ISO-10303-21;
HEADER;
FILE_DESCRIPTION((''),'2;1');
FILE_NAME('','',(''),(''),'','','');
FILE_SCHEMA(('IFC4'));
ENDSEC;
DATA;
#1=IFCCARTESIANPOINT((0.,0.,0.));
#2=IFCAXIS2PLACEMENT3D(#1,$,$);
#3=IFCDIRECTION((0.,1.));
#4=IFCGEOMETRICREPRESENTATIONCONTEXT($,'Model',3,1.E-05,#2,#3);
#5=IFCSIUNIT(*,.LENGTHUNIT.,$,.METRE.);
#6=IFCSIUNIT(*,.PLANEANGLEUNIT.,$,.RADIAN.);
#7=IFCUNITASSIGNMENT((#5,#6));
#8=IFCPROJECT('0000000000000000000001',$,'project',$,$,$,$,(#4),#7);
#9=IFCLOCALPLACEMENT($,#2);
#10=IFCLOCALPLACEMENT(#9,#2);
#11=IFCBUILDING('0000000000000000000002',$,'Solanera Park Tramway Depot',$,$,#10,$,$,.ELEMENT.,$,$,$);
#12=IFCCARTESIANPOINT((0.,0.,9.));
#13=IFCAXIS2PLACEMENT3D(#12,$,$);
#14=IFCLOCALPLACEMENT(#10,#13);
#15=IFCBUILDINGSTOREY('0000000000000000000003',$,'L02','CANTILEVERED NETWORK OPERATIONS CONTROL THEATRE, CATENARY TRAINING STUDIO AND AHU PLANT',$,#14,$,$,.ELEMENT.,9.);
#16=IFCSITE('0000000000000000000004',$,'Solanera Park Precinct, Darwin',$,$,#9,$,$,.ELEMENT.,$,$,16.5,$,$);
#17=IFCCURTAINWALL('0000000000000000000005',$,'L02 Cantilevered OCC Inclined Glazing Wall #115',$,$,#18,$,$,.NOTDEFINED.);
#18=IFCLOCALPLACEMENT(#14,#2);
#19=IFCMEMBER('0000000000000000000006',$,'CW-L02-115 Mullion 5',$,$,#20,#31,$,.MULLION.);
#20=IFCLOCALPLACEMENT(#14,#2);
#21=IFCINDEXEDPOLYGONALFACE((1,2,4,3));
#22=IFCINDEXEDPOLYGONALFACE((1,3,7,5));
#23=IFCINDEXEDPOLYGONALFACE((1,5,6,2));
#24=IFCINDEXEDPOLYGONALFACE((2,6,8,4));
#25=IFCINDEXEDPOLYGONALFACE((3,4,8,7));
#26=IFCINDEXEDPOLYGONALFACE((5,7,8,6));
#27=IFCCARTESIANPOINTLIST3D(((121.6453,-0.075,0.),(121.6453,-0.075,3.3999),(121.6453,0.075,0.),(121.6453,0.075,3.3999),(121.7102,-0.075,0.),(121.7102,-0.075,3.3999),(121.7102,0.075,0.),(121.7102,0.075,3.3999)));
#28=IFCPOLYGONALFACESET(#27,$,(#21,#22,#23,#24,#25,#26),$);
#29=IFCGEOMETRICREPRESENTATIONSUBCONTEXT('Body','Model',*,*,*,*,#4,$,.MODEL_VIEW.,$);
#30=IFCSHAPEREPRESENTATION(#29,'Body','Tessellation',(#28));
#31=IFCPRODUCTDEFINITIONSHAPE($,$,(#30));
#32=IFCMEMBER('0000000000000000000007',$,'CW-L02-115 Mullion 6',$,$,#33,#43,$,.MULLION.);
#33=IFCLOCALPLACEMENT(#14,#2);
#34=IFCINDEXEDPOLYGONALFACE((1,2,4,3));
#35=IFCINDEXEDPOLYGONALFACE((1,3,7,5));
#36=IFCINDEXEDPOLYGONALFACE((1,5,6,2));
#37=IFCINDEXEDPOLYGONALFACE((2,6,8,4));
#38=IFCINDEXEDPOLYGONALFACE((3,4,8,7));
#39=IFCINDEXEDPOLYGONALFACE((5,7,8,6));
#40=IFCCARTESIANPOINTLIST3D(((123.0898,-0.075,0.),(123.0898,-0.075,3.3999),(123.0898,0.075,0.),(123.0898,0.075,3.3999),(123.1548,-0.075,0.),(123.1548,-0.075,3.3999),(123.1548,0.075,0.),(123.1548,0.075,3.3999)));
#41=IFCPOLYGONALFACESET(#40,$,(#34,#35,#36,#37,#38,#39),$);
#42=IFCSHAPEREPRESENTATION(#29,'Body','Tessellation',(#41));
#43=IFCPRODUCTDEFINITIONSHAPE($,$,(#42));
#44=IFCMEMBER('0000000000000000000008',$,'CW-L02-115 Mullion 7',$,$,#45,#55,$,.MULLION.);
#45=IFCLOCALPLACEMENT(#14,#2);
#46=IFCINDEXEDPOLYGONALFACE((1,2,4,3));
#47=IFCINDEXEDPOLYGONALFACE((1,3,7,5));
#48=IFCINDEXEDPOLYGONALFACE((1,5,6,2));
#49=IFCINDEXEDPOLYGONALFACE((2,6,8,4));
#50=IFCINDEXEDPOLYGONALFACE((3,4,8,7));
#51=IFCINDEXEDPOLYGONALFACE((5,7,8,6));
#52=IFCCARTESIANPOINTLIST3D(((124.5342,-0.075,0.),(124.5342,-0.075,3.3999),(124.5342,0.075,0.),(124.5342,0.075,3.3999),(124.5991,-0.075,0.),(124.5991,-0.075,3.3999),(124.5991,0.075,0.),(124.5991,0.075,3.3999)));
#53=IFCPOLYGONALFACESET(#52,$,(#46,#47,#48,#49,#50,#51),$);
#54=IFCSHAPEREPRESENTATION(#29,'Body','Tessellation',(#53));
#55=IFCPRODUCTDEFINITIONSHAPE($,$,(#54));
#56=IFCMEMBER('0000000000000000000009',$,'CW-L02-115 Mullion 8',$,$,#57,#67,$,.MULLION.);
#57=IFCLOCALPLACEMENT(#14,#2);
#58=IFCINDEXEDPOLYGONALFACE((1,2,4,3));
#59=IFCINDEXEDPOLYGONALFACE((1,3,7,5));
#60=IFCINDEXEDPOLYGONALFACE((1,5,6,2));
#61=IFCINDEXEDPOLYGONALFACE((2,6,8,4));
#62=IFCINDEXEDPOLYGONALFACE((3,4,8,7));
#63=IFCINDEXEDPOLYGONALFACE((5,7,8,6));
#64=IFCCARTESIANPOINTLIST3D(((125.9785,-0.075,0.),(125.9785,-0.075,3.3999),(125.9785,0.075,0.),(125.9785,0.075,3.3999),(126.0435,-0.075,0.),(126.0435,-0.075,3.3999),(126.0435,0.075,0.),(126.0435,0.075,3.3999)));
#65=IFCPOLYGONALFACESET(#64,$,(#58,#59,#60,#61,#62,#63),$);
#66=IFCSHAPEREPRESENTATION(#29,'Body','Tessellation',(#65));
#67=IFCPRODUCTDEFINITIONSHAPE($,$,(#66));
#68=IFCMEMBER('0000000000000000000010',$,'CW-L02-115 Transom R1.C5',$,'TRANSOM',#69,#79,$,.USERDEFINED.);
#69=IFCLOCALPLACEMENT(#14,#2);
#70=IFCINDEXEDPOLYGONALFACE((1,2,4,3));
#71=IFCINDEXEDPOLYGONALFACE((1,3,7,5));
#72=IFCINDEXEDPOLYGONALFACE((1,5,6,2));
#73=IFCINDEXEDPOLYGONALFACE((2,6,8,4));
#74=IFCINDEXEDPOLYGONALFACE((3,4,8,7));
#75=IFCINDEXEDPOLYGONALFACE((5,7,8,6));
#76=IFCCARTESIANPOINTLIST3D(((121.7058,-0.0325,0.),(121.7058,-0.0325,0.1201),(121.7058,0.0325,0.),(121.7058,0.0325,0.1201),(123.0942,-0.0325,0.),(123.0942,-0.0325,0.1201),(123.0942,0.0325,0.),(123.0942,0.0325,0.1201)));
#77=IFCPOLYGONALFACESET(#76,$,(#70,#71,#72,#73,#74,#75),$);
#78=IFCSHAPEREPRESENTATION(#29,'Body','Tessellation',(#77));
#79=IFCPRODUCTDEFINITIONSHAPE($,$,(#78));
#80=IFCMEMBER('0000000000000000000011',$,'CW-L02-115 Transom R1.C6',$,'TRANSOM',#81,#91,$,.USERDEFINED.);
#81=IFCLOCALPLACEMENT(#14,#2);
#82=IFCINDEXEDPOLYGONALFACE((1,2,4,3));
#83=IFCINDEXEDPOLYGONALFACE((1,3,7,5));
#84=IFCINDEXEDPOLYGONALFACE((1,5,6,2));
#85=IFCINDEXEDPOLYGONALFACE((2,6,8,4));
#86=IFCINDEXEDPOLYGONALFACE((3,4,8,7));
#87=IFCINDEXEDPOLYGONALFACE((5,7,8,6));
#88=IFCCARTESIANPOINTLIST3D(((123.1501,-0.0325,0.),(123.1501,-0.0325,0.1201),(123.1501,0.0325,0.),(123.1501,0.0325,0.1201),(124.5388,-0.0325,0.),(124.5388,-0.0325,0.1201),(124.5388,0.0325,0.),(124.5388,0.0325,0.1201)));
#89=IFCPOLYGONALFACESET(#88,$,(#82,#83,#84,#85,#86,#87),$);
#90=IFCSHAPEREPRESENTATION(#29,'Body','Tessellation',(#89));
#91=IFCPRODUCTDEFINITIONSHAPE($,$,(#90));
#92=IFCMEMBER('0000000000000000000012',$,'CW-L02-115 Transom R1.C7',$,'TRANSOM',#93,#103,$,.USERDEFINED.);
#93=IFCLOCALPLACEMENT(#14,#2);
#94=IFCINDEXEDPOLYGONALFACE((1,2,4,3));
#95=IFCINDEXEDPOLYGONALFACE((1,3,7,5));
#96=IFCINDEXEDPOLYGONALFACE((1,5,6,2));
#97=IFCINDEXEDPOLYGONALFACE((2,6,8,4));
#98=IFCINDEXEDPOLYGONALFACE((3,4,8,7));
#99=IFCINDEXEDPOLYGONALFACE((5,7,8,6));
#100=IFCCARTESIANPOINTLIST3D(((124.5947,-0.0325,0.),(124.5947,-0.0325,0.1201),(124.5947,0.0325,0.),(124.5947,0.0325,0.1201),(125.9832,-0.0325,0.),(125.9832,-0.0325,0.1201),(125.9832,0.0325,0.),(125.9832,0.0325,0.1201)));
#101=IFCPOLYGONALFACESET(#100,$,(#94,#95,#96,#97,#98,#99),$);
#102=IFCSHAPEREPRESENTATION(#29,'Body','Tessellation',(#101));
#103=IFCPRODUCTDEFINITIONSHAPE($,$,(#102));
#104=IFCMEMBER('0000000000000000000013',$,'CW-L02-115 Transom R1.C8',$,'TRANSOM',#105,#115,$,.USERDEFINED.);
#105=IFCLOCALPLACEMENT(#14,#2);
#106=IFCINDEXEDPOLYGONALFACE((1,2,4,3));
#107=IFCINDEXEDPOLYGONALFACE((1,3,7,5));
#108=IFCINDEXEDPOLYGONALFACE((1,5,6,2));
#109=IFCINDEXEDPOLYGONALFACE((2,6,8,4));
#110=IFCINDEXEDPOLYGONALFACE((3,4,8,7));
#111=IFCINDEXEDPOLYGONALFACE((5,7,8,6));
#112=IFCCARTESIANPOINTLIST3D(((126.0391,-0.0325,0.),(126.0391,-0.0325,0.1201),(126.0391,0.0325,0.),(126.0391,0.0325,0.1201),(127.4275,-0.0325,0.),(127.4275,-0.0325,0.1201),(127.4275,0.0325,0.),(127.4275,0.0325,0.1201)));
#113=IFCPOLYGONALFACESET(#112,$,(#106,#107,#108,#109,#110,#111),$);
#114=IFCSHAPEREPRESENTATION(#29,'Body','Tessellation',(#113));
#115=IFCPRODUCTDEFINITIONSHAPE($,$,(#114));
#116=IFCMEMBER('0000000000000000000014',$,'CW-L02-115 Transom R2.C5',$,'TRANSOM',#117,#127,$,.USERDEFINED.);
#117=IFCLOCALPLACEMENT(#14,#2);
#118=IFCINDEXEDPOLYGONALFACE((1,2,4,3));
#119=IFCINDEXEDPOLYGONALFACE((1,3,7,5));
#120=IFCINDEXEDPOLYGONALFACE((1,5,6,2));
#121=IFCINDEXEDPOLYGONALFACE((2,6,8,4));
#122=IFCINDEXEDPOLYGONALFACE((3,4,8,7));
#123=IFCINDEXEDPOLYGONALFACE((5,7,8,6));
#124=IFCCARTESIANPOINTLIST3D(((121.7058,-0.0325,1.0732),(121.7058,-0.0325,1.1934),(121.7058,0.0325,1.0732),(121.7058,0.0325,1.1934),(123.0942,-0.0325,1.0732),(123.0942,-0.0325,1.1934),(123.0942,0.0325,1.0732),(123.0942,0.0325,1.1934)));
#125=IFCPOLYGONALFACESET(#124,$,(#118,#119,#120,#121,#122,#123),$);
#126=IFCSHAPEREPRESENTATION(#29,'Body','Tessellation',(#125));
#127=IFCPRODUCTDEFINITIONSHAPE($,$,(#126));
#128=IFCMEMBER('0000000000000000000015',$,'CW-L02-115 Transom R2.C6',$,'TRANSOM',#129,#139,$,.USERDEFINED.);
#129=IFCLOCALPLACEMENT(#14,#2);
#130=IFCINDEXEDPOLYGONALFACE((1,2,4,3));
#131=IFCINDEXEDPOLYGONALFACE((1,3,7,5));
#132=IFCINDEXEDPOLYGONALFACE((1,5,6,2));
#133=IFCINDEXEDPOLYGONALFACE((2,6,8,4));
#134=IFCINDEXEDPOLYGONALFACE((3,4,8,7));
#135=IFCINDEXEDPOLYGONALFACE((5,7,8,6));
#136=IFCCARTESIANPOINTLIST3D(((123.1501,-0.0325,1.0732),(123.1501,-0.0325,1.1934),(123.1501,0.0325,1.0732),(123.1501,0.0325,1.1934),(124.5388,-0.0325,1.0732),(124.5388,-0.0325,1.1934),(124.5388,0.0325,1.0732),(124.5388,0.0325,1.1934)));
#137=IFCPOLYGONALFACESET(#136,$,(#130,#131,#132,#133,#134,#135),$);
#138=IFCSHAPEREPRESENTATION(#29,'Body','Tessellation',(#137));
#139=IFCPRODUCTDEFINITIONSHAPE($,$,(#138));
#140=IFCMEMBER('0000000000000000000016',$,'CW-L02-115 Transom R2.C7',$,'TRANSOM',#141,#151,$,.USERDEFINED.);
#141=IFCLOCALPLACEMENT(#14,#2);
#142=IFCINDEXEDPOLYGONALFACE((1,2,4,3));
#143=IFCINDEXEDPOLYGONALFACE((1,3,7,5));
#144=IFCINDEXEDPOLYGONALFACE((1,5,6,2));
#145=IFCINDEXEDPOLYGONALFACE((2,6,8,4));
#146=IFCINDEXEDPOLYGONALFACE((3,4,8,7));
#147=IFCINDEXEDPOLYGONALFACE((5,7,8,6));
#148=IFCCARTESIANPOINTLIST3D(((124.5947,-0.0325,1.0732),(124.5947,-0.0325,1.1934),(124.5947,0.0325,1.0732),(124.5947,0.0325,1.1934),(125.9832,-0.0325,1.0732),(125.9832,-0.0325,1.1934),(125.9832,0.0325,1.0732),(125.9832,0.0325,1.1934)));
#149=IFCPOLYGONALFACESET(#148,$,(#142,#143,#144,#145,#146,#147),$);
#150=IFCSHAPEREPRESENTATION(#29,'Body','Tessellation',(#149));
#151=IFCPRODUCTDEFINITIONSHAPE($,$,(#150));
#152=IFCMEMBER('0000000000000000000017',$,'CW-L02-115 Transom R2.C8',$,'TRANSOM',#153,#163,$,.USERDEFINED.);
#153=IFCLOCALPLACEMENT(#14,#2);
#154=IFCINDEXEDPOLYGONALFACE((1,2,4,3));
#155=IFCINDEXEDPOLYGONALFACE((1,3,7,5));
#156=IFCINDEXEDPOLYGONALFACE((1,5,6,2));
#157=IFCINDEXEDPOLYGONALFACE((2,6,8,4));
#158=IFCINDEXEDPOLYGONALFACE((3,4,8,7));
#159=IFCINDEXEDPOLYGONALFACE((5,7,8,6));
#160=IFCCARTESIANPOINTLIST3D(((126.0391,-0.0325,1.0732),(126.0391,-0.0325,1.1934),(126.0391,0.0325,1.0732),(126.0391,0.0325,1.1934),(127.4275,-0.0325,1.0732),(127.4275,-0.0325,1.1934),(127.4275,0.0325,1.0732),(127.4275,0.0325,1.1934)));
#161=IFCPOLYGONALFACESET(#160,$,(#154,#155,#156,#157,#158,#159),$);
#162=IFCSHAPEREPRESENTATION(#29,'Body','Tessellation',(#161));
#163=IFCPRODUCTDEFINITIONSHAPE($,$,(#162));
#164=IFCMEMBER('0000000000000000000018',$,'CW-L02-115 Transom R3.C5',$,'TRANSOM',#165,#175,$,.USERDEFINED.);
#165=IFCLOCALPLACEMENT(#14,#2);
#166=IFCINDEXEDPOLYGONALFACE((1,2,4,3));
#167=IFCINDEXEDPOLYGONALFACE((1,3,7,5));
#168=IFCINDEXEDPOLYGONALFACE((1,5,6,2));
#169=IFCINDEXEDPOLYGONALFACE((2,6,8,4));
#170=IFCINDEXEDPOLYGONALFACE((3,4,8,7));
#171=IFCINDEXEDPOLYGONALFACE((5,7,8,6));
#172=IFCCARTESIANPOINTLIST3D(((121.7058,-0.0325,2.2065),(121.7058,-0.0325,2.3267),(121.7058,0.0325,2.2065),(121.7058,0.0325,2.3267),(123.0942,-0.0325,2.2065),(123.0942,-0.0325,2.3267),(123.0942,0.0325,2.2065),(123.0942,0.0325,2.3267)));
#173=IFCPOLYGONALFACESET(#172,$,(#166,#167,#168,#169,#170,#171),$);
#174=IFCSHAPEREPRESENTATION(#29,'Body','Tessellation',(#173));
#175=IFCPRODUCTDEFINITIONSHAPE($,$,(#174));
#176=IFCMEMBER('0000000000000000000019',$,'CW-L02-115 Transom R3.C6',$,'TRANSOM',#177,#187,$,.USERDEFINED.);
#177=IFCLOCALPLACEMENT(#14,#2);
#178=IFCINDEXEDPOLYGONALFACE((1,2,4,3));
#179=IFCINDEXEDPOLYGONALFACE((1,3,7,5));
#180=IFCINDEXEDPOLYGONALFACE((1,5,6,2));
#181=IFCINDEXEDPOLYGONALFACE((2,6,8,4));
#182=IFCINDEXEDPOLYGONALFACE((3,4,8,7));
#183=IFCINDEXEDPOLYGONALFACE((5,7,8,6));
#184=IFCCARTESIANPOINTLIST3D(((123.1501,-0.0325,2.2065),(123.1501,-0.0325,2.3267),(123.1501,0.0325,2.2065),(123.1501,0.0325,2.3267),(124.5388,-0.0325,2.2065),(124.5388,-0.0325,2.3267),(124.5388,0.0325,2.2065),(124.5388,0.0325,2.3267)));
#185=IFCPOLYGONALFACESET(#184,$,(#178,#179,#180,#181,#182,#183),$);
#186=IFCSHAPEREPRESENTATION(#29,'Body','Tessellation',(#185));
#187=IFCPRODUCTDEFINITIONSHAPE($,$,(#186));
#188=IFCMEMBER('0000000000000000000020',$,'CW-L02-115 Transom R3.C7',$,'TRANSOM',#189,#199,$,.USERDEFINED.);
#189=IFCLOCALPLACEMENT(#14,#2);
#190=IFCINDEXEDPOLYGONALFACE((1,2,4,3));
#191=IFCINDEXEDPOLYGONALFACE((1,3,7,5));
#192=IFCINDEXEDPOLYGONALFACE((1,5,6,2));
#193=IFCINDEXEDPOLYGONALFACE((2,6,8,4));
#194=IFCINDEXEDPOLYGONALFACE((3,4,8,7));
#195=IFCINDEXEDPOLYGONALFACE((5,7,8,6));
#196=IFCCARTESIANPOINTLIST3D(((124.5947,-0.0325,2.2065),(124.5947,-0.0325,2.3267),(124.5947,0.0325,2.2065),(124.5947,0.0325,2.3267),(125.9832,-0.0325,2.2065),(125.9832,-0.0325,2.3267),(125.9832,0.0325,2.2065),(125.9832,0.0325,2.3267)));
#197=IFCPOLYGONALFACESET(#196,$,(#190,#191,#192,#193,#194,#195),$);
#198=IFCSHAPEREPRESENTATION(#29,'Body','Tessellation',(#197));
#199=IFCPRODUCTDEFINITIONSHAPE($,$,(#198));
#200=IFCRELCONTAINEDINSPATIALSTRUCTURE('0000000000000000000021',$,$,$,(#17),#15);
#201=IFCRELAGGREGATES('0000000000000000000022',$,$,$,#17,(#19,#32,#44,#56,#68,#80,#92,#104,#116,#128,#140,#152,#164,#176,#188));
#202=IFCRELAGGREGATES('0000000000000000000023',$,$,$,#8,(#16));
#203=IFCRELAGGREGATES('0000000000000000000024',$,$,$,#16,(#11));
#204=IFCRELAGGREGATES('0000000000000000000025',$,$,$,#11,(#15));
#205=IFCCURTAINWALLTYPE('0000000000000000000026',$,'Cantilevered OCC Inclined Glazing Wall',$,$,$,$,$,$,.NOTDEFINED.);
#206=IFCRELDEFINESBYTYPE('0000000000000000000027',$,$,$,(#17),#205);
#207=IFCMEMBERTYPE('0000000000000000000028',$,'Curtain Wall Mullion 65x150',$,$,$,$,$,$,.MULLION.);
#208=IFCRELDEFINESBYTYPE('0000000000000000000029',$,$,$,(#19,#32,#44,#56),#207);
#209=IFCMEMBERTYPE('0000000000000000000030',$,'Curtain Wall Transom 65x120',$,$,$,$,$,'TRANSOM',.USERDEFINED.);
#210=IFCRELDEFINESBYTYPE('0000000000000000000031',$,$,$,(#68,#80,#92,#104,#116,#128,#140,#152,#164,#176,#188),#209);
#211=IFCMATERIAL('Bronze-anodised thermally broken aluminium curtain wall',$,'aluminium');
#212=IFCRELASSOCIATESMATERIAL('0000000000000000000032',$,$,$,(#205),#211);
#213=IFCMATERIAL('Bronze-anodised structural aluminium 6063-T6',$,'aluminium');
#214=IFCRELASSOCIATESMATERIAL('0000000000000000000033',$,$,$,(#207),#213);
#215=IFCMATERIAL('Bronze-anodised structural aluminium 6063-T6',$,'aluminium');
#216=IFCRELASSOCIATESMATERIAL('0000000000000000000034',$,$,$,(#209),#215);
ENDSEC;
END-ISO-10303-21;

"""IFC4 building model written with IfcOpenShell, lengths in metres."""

from ifc_helpers import new_model, si_unit, direction, frame, origin, origin_2d, place, context, subcontext, project, spatial, rectangle, extrude, material, material_profile, profile_set, type_object, element, aggregate, save


model = new_model("IFC4")

# Units and contexts
model_context = context("Model", 3, precision=1e-05, world=origin(), true_north=direction((0.0, 1.0)))
body_context = subcontext(model_context, "Body", "Model", "MODEL_VIEW")
ifc_project = project(units=[si_unit("LENGTHUNIT", "METRE"), si_unit("PLANEANGLEUNIT", "RADIAN")], contexts=[model_context])

# Site, building, storey
site_placement = place(None, origin())
site = spatial("IfcSite", under=ifc_project, at=site_placement, Name="Solanera Park Precinct, Darwin", CompositionType="ELEMENT", RefElevation=16.5)
building_placement = place(site_placement, origin())
building = spatial("IfcBuilding", under=site, at=building_placement, Name="Solanera Park Tramway Depot", CompositionType="ELEMENT")
storey_placement = place(building_placement, frame((0.0, 0.0, 9.0)))
storey = spatial("IfcBuildingStorey", under=building, at=storey_placement, Name="L02", Description="CANTILEVERED NETWORK OPERATIONS CONTROL THEATRE, CATENARY TRAINING STUDIO AND AHU PLANT", CompositionType="ELEMENT", Elevation=9.0)

# Curtain wall, members
ifc_material_1 = material(Name="Bronze-anodised thermally broken aluminium curtain wall", Category="aluminium")
curtain_wall_type = type_object("IfcCurtainWallType", Name="Cantilevered OCC Inclined Glazing Wall", PredefinedType="NOTDEFINED", material=ifc_material_1)
curtain_wall_placement = place(storey_placement, origin())
curtain_wall = element("IfcCurtainWall", 1, at=curtain_wall_placement, inside=storey, type_object=curtain_wall_type, Name="L02 Cantilevered OCC Inclined Glazing Wall #115", PredefinedType="NOTDEFINED")
ifc_material_2 = material(Name="Bronze-anodised structural aluminium 6063-T6", Category="aluminium")
ifc_material_profile_1 = material_profile(ifc_material_2, rectangle(XDim=0.0649, YDim=0.1499, at=origin_2d()), Name="Curtain Wall Mullion 65x150")
ifc_profile_set_1 = profile_set([ifc_material_profile_1], Name="Bronze-anodised structural aluminium 6063-T6")
member_type_1 = type_object("IfcMemberType", Name="Curtain Wall Mullion 65x150", PredefinedType="MULLION", material=ifc_profile_set_1)
member_1_placement = place(storey_placement, frame((121.6777, 0.0, 0.0), z_axis=(0.0, 0.0, 1.0), x_axis=(1.0, 0.0, 0.0)))
member_1 = element("IfcMember", 2, at=member_1_placement, type_object=member_type_1, Name="CW-L02-115 Mullion 5", PredefinedType="MULLION", context=body_context, shape_type="SweptSolid", body=[
    extrude(rectangle(XDim=0.0649, YDim=0.1499, at=origin_2d()), origin(), (0.0, 0.0, 1.0), 3.3999),
])
member_2_placement = place(storey_placement, frame((123.1223, 0.0, 0.0), z_axis=(0.0, 0.0, 1.0), x_axis=(1.0, 0.0, 0.0)))
member_2 = element("IfcMember", 3, at=member_2_placement, type_object=member_type_1, Name="CW-L02-115 Mullion 6", PredefinedType="MULLION", context=body_context, shape_type="SweptSolid", body=[
    extrude(rectangle(XDim=0.0649, YDim=0.1499, at=origin_2d()), origin(), (0.0, 0.0, 1.0), 3.3999),
])
member_3_placement = place(storey_placement, frame((124.5667, 0.0, 0.0), z_axis=(0.0, 0.0, 1.0), x_axis=(1.0, 0.0, 0.0)))
member_3 = element("IfcMember", 4, at=member_3_placement, type_object=member_type_1, Name="CW-L02-115 Mullion 7", PredefinedType="MULLION", context=body_context, shape_type="SweptSolid", body=[
    extrude(rectangle(XDim=0.0649, YDim=0.1499, at=origin_2d()), origin(), (0.0, 0.0, 1.0), 3.3999),
])
member_4_placement = place(storey_placement, frame((126.011, 0.0, 0.0), z_axis=(0.0, 0.0, 1.0), x_axis=(1.0, 0.0, 0.0)))
member_4 = element("IfcMember", 5, at=member_4_placement, type_object=member_type_1, Name="CW-L02-115 Mullion 8", PredefinedType="MULLION", context=body_context, shape_type="SweptSolid", body=[
    extrude(rectangle(XDim=0.0649, YDim=0.1499, at=origin_2d()), origin(), (0.0, 0.0, 1.0), 3.3999),
])
ifc_material_3 = material(Name="Bronze-anodised structural aluminium 6063-T6", Category="aluminium")
ifc_material_profile_2 = material_profile(ifc_material_3, rectangle(XDim=0.0649, YDim=0.1201, at=origin_2d()), Name="Curtain Wall Transom 65x120")
ifc_profile_set_2 = profile_set([ifc_material_profile_2], Name="Bronze-anodised structural aluminium 6063-T6")
member_type_2 = type_object("IfcMemberType", Name="Curtain Wall Transom 65x120", ElementType="TRANSOM", PredefinedType="USERDEFINED", material=ifc_profile_set_2)
member_5_placement = place(storey_placement, frame((121.7058, 0.0, 0.0601), z_axis=(1.0, 0.0, 0.0), x_axis=(0.0, 1.0, 0.0)))
member_5 = element("IfcMember", 6, at=member_5_placement, type_object=member_type_2, Name="CW-L02-115 Transom R1.C5", ObjectType="TRANSOM", PredefinedType="USERDEFINED", context=body_context, shape_type="SweptSolid", body=[
    extrude(rectangle(XDim=0.0649, YDim=0.1201, at=origin_2d()), origin(), (0.0, 0.0, 1.0), 1.3884),
])
member_6_placement = place(storey_placement, frame((123.1501, 0.0, 0.0601), z_axis=(1.0, 0.0, 0.0), x_axis=(0.0, 1.0, 0.0)))
member_6 = element("IfcMember", 7, at=member_6_placement, type_object=member_type_2, Name="CW-L02-115 Transom R1.C6", ObjectType="TRANSOM", PredefinedType="USERDEFINED", context=body_context, shape_type="SweptSolid", body=[
    extrude(rectangle(XDim=0.0649, YDim=0.1201, at=origin_2d()), origin(), (0.0, 0.0, 1.0), 1.3887),
])
member_7_placement = place(storey_placement, frame((124.5947, 0.0, 0.0601), z_axis=(1.0, 0.0, 0.0), x_axis=(0.0, 1.0, 0.0)))
member_7 = element("IfcMember", 8, at=member_7_placement, type_object=member_type_2, Name="CW-L02-115 Transom R1.C7", ObjectType="TRANSOM", PredefinedType="USERDEFINED", context=body_context, shape_type="SweptSolid", body=[
    extrude(rectangle(XDim=0.0649, YDim=0.1201, at=origin_2d()), origin(), (0.0, 0.0, 1.0), 1.3884),
])
member_8_placement = place(storey_placement, frame((126.0391, 0.0, 0.0601), z_axis=(1.0, 0.0, 0.0), x_axis=(0.0, 1.0, 0.0)))
member_8 = element("IfcMember", 9, at=member_8_placement, type_object=member_type_2, Name="CW-L02-115 Transom R1.C8", ObjectType="TRANSOM", PredefinedType="USERDEFINED", context=body_context, shape_type="SweptSolid", body=[
    extrude(rectangle(XDim=0.0649, YDim=0.1201, at=origin_2d()), origin(), (0.0, 0.0, 1.0), 1.3884),
])
member_9_placement = place(storey_placement, frame((121.7058, 0.0, 1.1333), z_axis=(1.0, 0.0, 0.0), x_axis=(0.0, 1.0, 0.0)))
member_9 = element("IfcMember", 10, at=member_9_placement, type_object=member_type_2, Name="CW-L02-115 Transom R2.C5", ObjectType="TRANSOM", PredefinedType="USERDEFINED", context=body_context, shape_type="SweptSolid", body=[
    extrude(rectangle(XDim=0.0649, YDim=0.1201, at=origin_2d()), origin(), (0.0, 0.0, 1.0), 1.3884),
])
member_10_placement = place(storey_placement, frame((123.1501, 0.0, 1.1333), z_axis=(1.0, 0.0, 0.0), x_axis=(0.0, 1.0, 0.0)))
member_10 = element("IfcMember", 11, at=member_10_placement, type_object=member_type_2, Name="CW-L02-115 Transom R2.C6", ObjectType="TRANSOM", PredefinedType="USERDEFINED", context=body_context, shape_type="SweptSolid", body=[
    extrude(rectangle(XDim=0.0649, YDim=0.1201, at=origin_2d()), origin(), (0.0, 0.0, 1.0), 1.3887),
])
member_11_placement = place(storey_placement, frame((124.5947, 0.0, 1.1333), z_axis=(1.0, 0.0, 0.0), x_axis=(0.0, 1.0, 0.0)))
member_11 = element("IfcMember", 12, at=member_11_placement, type_object=member_type_2, Name="CW-L02-115 Transom R2.C7", ObjectType="TRANSOM", PredefinedType="USERDEFINED", context=body_context, shape_type="SweptSolid", body=[
    extrude(rectangle(XDim=0.0649, YDim=0.1201, at=origin_2d()), origin(), (0.0, 0.0, 1.0), 1.3884),
])
member_12_placement = place(storey_placement, frame((126.0391, 0.0, 1.1333), z_axis=(1.0, 0.0, 0.0), x_axis=(0.0, 1.0, 0.0)))
member_12 = element("IfcMember", 13, at=member_12_placement, type_object=member_type_2, Name="CW-L02-115 Transom R2.C8", ObjectType="TRANSOM", PredefinedType="USERDEFINED", context=body_context, shape_type="SweptSolid", body=[
    extrude(rectangle(XDim=0.0649, YDim=0.1201, at=origin_2d()), origin(), (0.0, 0.0, 1.0), 1.3884),
])
member_13_placement = place(storey_placement, frame((121.7058, 0.0, 2.2666), z_axis=(1.0, 0.0, 0.0), x_axis=(0.0, 1.0, 0.0)))
member_13 = element("IfcMember", 14, at=member_13_placement, type_object=member_type_2, Name="CW-L02-115 Transom R3.C5", ObjectType="TRANSOM", PredefinedType="USERDEFINED", context=body_context, shape_type="SweptSolid", body=[
    extrude(rectangle(XDim=0.0649, YDim=0.1201, at=origin_2d()), origin(), (0.0, 0.0, 1.0), 1.3884),
])
member_14_placement = place(storey_placement, frame((123.1501, 0.0, 2.2666), z_axis=(1.0, 0.0, 0.0), x_axis=(0.0, 1.0, 0.0)))
member_14 = element("IfcMember", 15, at=member_14_placement, type_object=member_type_2, Name="CW-L02-115 Transom R3.C6", ObjectType="TRANSOM", PredefinedType="USERDEFINED", context=body_context, shape_type="SweptSolid", body=[
    extrude(rectangle(XDim=0.0649, YDim=0.1201, at=origin_2d()), origin(), (0.0, 0.0, 1.0), 1.3887),
])
member_15_placement = place(storey_placement, frame((124.5947, 0.0, 2.2666), z_axis=(1.0, 0.0, 0.0), x_axis=(0.0, 1.0, 0.0)))
member_15 = element("IfcMember", 16, at=member_15_placement, type_object=member_type_2, Name="CW-L02-115 Transom R3.C7", ObjectType="TRANSOM", PredefinedType="USERDEFINED", context=body_context, shape_type="SweptSolid", body=[
    extrude(rectangle(XDim=0.0649, YDim=0.1201, at=origin_2d()), origin(), (0.0, 0.0, 1.0), 1.3884),
])
aggregate(curtain_wall, [member_1, member_2, member_3, member_4, member_5, member_6, member_7, member_8, member_9, member_10, member_11, member_12, member_13, member_14, member_15])

save(model, "model.ifc")
